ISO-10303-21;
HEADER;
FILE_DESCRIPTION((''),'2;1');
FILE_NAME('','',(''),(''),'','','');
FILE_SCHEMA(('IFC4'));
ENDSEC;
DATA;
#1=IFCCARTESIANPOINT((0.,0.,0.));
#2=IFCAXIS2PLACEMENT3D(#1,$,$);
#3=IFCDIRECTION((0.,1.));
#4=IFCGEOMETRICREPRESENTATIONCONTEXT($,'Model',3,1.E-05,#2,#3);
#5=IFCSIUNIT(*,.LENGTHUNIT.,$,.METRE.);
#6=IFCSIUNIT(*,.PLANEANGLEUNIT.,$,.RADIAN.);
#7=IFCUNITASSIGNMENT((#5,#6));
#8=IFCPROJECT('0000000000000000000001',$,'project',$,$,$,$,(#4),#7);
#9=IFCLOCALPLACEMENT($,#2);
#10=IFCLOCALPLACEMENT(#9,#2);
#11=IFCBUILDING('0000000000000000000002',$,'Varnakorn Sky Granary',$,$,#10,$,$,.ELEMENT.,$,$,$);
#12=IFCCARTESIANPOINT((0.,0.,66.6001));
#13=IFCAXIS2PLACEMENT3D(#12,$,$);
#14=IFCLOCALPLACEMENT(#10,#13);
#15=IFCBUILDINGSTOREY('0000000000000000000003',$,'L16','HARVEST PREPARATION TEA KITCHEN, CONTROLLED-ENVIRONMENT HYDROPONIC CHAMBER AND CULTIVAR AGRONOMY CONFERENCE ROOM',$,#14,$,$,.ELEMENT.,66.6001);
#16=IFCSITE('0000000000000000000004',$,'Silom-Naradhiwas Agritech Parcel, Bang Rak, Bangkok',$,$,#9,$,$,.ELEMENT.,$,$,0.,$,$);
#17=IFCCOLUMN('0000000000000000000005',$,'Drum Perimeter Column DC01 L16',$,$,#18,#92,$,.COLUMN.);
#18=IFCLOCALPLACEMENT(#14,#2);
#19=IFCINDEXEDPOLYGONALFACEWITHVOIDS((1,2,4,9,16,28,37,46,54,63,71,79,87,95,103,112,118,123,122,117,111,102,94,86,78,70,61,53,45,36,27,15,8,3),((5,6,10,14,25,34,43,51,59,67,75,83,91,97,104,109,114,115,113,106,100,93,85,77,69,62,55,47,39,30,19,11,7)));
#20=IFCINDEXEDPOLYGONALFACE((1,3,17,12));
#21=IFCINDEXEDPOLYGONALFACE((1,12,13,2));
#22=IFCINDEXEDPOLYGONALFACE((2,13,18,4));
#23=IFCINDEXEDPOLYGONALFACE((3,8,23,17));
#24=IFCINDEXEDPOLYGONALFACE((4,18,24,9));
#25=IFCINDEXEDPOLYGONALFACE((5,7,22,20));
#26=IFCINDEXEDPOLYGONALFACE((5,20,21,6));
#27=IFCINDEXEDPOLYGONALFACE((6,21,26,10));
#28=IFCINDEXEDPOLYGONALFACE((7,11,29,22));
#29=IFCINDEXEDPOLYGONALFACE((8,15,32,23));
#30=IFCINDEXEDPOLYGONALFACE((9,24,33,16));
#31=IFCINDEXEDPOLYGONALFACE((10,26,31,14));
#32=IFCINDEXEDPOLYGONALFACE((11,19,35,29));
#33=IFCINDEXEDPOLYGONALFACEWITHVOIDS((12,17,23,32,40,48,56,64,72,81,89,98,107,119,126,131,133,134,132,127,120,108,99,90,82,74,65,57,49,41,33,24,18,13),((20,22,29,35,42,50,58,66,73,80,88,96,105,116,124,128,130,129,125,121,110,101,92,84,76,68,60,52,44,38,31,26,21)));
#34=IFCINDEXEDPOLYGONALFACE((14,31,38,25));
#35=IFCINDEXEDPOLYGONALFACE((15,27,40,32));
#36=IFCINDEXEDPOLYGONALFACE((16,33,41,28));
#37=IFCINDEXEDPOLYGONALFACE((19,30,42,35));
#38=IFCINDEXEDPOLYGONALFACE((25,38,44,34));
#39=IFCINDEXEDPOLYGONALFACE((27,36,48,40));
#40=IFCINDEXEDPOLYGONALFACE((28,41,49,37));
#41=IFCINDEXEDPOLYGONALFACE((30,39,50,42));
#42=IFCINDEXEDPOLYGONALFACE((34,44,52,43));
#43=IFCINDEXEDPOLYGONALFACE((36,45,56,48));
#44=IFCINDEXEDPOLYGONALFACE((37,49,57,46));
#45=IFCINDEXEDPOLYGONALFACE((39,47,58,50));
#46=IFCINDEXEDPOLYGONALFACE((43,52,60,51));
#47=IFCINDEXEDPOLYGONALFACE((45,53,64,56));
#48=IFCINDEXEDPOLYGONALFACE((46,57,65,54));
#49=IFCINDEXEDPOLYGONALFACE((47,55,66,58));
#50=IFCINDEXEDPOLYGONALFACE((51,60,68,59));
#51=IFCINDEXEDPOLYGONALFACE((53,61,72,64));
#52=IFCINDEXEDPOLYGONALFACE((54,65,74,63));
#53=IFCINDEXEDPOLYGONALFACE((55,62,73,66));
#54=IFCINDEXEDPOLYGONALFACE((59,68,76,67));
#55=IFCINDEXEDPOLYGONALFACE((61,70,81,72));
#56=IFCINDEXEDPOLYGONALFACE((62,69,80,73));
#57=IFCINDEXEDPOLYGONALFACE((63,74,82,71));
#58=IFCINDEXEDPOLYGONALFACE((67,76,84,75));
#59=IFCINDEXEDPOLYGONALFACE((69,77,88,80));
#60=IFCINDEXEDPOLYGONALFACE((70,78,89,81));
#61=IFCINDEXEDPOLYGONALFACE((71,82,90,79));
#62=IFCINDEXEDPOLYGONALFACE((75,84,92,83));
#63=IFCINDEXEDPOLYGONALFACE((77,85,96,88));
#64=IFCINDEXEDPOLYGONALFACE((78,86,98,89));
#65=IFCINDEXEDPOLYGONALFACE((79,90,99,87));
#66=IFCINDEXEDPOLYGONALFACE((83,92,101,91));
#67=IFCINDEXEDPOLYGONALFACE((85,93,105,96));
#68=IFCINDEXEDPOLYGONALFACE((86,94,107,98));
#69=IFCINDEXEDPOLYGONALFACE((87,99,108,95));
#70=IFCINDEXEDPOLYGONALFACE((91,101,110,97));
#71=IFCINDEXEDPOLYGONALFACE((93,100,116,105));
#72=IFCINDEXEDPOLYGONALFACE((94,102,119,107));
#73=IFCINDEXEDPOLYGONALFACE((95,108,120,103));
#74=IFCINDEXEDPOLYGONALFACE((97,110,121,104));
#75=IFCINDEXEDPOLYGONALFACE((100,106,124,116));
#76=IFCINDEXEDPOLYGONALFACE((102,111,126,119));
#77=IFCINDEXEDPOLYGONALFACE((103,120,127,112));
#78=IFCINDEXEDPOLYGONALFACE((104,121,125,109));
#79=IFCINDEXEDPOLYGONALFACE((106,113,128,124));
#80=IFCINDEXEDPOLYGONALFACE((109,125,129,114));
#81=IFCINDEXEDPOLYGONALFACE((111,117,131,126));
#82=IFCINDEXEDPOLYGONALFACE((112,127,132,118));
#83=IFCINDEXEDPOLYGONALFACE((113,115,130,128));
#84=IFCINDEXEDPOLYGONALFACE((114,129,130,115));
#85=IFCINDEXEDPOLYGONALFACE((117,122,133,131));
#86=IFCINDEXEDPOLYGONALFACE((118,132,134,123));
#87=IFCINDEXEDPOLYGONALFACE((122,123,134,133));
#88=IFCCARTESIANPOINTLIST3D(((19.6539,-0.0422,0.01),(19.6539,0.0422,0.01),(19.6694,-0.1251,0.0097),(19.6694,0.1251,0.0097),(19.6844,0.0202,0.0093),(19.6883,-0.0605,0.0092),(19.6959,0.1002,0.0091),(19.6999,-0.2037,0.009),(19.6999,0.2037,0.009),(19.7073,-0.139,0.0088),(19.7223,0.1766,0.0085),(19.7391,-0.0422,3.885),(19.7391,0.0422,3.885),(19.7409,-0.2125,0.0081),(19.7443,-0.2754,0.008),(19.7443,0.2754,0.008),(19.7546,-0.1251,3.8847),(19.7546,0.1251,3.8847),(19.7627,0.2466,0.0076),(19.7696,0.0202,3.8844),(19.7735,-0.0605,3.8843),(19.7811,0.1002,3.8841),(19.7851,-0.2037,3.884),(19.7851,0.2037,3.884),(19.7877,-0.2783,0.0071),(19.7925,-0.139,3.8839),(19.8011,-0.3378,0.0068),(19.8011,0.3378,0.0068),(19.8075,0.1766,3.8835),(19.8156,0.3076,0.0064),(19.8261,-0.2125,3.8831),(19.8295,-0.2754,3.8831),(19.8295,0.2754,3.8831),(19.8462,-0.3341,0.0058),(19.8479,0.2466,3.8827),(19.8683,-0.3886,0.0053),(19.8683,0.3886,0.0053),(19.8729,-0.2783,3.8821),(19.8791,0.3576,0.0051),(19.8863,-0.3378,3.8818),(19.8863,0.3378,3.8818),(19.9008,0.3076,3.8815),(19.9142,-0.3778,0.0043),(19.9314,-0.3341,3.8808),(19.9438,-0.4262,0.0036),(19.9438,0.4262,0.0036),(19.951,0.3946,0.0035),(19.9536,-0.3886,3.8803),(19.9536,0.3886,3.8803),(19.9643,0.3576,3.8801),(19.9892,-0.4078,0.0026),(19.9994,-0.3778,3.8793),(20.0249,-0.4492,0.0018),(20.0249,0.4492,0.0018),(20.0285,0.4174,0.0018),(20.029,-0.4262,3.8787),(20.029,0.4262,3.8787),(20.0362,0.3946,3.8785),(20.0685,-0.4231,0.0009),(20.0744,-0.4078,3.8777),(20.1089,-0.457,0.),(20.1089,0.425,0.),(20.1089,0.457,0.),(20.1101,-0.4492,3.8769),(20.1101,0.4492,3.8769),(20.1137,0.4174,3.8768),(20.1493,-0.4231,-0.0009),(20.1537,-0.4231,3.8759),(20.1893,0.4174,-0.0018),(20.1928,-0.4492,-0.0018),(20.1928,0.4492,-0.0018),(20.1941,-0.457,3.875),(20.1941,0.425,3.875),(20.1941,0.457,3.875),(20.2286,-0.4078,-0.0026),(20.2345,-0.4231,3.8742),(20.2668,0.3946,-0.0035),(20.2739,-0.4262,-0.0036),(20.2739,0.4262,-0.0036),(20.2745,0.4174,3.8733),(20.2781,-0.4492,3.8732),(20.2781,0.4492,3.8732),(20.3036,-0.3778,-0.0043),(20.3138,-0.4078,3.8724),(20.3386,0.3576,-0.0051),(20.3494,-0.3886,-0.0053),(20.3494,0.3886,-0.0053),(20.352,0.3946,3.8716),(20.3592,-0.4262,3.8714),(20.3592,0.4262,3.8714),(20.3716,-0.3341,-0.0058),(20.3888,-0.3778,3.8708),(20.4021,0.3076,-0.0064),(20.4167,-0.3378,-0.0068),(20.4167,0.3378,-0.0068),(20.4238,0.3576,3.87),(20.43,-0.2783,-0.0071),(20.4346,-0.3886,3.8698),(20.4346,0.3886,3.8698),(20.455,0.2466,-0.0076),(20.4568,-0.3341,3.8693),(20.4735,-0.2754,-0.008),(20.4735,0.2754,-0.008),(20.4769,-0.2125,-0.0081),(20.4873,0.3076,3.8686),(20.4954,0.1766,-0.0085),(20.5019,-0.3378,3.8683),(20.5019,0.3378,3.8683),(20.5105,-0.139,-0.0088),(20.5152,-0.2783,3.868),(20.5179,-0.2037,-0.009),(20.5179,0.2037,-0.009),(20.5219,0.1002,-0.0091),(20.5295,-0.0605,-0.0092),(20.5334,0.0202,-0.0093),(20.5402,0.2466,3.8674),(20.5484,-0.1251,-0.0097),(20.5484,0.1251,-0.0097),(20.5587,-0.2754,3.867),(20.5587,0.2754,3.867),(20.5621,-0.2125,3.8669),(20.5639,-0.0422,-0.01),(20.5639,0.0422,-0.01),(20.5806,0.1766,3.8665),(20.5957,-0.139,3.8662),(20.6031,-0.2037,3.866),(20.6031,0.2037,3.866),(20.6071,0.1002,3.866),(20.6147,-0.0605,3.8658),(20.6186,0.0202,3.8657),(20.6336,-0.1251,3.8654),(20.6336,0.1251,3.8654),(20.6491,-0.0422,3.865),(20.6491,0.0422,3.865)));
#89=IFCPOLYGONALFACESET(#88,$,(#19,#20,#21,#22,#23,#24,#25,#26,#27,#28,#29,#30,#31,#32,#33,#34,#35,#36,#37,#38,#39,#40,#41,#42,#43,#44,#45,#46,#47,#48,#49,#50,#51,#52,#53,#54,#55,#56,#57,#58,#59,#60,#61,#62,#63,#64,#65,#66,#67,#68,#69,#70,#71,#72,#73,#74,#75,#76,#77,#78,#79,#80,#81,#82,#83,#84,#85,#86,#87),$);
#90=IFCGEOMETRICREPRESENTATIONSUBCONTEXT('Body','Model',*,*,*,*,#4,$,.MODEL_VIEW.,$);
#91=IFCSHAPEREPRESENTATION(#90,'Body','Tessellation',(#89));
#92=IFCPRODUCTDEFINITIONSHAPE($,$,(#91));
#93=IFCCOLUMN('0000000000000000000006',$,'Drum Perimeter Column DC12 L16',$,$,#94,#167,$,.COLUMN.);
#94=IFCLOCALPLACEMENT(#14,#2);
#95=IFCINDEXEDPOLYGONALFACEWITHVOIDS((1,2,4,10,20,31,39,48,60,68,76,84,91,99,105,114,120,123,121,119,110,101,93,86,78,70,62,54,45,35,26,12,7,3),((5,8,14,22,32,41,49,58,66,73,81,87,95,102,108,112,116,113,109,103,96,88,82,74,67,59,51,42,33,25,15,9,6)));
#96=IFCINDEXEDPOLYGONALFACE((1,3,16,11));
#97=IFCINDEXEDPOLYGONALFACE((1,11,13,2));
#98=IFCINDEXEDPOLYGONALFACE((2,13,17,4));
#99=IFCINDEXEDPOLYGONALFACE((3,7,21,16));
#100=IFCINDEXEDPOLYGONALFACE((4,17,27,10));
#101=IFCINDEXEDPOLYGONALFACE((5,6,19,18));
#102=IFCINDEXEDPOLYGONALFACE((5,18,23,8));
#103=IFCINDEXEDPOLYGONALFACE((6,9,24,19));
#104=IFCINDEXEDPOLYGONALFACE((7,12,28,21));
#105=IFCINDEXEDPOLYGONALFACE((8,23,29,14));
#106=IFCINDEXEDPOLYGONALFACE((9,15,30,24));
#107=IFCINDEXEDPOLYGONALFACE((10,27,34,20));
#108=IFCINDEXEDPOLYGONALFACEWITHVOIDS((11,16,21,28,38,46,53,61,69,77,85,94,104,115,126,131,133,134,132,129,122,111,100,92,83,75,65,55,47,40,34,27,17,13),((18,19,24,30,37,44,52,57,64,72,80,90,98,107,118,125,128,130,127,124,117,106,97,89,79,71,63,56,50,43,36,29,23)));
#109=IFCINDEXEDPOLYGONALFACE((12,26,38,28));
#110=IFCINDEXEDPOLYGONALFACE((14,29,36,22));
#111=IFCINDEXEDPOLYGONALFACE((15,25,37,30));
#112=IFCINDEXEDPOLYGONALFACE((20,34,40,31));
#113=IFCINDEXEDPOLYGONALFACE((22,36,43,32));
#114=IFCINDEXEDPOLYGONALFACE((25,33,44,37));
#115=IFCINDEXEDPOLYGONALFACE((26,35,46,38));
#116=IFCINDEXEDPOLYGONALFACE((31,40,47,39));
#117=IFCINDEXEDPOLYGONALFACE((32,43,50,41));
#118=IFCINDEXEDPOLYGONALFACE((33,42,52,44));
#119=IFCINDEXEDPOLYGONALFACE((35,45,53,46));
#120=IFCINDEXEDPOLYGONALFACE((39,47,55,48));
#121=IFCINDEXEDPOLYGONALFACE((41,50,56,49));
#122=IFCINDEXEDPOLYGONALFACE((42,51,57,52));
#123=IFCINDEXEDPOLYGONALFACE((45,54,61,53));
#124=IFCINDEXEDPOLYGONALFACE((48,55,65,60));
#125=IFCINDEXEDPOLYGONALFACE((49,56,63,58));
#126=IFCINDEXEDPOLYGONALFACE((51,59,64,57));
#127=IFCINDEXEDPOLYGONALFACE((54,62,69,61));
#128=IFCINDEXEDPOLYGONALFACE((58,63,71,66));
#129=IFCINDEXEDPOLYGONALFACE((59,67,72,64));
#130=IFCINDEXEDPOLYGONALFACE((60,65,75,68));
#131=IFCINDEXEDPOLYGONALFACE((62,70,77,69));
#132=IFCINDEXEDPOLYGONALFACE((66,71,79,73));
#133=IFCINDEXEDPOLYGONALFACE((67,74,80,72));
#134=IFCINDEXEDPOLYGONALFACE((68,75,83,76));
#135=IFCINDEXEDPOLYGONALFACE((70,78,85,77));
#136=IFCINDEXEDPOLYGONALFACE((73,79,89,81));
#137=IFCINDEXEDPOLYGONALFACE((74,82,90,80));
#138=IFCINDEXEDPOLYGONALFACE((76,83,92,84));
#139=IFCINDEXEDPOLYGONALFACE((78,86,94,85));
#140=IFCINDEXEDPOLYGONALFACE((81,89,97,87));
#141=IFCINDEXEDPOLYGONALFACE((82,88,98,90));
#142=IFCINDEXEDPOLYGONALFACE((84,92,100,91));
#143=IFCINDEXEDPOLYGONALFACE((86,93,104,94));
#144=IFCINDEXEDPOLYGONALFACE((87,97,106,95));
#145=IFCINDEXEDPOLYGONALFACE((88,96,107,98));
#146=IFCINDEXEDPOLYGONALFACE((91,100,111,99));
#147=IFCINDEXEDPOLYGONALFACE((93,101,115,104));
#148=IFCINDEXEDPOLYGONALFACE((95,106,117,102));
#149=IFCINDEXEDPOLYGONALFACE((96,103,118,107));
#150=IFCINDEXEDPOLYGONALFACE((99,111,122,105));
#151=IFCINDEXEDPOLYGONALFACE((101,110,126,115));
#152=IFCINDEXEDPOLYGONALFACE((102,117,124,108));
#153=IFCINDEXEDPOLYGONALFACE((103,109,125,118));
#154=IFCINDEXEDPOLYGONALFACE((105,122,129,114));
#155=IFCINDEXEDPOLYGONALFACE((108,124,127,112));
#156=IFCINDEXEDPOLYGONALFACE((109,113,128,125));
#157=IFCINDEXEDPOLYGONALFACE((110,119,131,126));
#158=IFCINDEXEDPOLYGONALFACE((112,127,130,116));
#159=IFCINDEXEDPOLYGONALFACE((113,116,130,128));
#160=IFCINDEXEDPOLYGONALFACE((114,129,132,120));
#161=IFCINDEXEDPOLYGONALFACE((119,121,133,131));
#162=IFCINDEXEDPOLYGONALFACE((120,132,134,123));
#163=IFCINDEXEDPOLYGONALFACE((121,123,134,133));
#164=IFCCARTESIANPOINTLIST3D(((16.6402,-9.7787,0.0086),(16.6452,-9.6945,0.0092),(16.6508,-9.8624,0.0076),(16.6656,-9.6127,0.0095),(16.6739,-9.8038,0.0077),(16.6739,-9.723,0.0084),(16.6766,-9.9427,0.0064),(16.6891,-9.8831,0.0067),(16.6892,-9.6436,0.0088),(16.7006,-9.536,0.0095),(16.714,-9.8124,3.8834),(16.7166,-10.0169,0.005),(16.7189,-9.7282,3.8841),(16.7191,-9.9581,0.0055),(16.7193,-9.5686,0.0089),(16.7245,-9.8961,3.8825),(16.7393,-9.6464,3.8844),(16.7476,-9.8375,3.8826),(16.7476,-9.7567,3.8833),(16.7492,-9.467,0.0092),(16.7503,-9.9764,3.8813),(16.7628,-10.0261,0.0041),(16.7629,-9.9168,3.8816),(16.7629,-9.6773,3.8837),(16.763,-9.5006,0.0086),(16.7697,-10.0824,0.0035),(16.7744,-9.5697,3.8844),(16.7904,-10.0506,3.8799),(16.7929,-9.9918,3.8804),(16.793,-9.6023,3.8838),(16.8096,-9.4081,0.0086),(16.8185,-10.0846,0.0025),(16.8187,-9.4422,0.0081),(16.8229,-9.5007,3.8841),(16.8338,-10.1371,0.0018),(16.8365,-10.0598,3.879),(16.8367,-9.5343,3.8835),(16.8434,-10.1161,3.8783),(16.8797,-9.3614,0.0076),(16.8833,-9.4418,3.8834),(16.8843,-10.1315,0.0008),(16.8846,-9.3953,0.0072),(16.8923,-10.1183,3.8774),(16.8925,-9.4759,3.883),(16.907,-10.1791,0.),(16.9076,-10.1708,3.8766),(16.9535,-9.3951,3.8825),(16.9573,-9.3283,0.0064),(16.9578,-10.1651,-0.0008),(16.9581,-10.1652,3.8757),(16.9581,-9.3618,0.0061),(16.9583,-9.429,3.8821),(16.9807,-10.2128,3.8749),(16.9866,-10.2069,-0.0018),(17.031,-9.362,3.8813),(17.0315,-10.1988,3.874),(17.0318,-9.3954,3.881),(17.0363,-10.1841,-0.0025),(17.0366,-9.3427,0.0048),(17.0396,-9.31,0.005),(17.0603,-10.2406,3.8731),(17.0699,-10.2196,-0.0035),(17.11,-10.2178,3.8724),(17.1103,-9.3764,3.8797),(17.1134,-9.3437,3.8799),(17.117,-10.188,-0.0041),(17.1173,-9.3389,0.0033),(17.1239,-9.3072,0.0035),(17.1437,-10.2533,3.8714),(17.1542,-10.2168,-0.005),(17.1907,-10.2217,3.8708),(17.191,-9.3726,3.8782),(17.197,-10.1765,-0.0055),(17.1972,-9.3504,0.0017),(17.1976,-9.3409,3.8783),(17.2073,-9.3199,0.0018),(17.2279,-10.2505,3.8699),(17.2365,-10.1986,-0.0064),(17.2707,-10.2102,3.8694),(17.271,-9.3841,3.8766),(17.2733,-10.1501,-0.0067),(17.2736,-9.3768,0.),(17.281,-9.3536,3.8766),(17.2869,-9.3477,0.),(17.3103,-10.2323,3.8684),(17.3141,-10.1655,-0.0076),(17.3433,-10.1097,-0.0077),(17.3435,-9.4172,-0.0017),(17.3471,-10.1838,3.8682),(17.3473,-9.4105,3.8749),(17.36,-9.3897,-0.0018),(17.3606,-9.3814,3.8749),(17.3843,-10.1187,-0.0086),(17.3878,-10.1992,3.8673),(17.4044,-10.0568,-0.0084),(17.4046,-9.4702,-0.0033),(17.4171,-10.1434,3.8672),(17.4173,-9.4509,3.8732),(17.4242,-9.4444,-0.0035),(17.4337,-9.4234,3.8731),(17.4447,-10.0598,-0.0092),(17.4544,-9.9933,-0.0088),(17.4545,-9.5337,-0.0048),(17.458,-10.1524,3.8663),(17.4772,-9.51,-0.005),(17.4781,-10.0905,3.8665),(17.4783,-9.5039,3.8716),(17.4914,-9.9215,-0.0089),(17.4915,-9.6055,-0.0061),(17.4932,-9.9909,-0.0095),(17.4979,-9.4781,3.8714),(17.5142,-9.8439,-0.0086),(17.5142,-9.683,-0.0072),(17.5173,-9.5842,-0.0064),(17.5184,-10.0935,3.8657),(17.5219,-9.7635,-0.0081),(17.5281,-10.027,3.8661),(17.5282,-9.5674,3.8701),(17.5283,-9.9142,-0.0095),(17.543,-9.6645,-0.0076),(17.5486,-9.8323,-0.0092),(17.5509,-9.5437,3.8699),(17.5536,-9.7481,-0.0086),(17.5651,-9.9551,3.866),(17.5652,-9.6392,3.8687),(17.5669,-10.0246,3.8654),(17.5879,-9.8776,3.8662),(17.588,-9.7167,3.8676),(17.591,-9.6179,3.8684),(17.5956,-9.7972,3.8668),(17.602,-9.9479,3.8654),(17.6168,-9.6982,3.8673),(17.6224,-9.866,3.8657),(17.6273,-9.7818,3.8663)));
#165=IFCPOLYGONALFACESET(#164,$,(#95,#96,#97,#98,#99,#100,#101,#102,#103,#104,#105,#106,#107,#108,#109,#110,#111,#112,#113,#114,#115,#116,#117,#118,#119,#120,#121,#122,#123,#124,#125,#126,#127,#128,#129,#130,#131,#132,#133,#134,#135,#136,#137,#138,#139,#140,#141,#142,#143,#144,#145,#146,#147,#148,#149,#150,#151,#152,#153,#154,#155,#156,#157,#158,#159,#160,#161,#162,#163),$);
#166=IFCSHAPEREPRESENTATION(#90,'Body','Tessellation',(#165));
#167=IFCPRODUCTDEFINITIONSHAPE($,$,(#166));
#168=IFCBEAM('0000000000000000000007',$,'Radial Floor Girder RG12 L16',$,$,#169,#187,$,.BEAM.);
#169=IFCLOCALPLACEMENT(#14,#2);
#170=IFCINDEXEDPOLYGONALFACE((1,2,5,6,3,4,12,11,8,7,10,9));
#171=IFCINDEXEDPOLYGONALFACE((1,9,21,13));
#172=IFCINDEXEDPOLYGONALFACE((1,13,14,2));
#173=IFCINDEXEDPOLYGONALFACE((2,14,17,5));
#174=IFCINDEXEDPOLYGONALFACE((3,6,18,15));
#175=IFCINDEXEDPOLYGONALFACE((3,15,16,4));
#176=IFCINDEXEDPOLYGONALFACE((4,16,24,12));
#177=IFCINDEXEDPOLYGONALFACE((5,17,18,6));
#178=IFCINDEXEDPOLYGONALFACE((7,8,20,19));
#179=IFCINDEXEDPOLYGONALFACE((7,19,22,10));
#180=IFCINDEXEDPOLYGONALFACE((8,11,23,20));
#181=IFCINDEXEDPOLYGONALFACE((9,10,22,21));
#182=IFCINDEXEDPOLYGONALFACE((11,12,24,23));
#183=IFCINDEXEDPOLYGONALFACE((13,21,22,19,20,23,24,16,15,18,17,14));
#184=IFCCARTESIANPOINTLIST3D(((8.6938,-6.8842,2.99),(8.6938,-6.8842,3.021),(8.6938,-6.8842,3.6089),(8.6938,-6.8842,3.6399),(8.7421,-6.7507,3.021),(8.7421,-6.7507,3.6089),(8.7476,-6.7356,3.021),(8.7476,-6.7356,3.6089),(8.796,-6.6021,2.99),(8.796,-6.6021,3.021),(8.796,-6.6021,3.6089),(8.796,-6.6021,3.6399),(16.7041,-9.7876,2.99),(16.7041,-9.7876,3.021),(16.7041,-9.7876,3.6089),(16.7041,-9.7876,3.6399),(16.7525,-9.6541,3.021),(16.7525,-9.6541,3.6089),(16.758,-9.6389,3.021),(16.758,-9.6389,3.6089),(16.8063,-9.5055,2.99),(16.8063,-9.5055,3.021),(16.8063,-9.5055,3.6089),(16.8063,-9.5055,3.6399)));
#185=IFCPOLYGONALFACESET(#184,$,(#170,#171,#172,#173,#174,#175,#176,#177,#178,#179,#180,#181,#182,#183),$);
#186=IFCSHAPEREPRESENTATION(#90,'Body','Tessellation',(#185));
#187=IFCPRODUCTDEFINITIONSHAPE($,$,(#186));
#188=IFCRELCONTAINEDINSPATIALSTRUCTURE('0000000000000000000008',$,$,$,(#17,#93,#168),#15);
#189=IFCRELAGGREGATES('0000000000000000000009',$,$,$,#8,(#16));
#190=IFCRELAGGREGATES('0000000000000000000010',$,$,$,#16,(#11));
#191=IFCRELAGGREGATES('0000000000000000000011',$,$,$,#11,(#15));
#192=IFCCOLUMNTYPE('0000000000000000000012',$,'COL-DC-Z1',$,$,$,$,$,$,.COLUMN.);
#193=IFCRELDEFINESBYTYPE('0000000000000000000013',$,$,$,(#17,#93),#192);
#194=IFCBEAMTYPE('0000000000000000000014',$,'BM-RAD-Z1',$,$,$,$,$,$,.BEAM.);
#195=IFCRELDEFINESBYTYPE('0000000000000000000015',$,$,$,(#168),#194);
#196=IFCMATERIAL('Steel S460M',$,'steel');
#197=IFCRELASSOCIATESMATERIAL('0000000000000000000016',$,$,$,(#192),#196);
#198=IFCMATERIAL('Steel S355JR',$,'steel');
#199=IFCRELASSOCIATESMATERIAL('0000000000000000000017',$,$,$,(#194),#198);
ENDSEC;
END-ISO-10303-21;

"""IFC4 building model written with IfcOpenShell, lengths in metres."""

from ifc_helpers import new_model, si_unit, direction, frame, origin, origin_2d, place, context, subcontext, project, spatial, hollow_circle, i_section, extrude, material, material_profile, profile_set, type_object, element, save


model = new_model("IFC4")

# Units and contexts
model_context = context("Model", 3, precision=1e-05, world=origin(), true_north=direction((0.0, 1.0)))
body_context = subcontext(model_context, "Body", "Model", "MODEL_VIEW")
ifc_project = project(units=[si_unit("LENGTHUNIT", "METRE"), si_unit("PLANEANGLEUNIT", "RADIAN")], contexts=[model_context])

# Site, building, storey
site_placement = place(None, origin())
site = spatial("IfcSite", under=ifc_project, at=site_placement, Name="Silom-Naradhiwas Agritech Parcel, Bang Rak, Bangkok", CompositionType="ELEMENT", RefElevation=0.0)
building_placement = place(site_placement, origin())
building = spatial("IfcBuilding", under=site, at=building_placement, Name="Varnakorn Sky Granary", CompositionType="ELEMENT")
storey_placement = place(building_placement, frame((0.0, 0.0, 66.6001)))
storey = spatial("IfcBuildingStorey", under=building, at=storey_placement, Name="L16", Description="HARVEST PREPARATION TEA KITCHEN, CONTROLLED-ENVIRONMENT HYDROPONIC CHAMBER AND CULTIVAR AGRONOMY CONFERENCE ROOM", CompositionType="ELEMENT", Elevation=66.6001)

# Columns
ifc_material_1 = material(Name="Steel S460M", Category="steel")
ifc_material_profile_1 = material_profile(ifc_material_1, hollow_circle(Radius=0.457, WallThickness=0.032, at=origin_2d()), Name="CHS 914x32")
ifc_profile_set_1 = profile_set([ifc_material_profile_1], Name="Steel S460M")
column_type = type_object("IfcColumnType", Name="COL-DC-Z1", PredefinedType="COLUMN", material=ifc_profile_set_1)
column_1_placement = place(storey_placement, frame((20.1089, 0.0, 0.0), z_axis=(0.021983, 0.0, 0.999758), x_axis=(0.0, 1.0, 0.0)))
element("IfcColumn", 1, at=column_1_placement, inside=storey, type_object=column_type, Name="Drum Perimeter Column DC01 L16", PredefinedType="COLUMN", context=body_context, shape_type="SweptSolid", body=[
    extrude(hollow_circle(Radius=0.457, WallThickness=0.032, at=origin_2d()), origin(), (0.0, 0.0, 1.0), 3.876),
])
column_2_placement = place(storey_placement, frame((17.0969, -9.7634, 0.0), z_axis=(0.019023, -0.008693, 0.999781), x_axis=(0.415617, 0.90954, 0.0)))
element("IfcColumn", 2, at=column_2_placement, inside=storey, type_object=column_type, Name="Drum Perimeter Column DC12 L16", PredefinedType="COLUMN", context=body_context, shape_type="SweptSolid", body=[
    extrude(hollow_circle(Radius=0.457, WallThickness=0.032, at=origin_2d()), origin(), (0.0, 0.0, 1.0), 3.8757),
])

# Beam
ifc_material_2 = material(Name="Steel S355JR", Category="steel")
ifc_material_profile_2 = material_profile(ifc_material_2, i_section(OverallWidth=0.3, OverallDepth=0.6499, WebThickness=0.0161, FlangeThickness=0.031, at=origin_2d()), Name="HE 650 B")
ifc_profile_set_2 = profile_set([ifc_material_profile_2], Name="Steel S355JR")
beam_type_1 = type_object("IfcBeamType", Name="BM-RAD-Z1", PredefinedType="BEAM", material=ifc_profile_set_2)
beam_1_placement = place(storey_placement, frame((8.7449, -6.7432, 3.3149), z_axis=(0.940151, -0.340758, 0.0), x_axis=(0.340758, 0.940151, 0.0)))
element("IfcBeam", 3, at=beam_1_placement, inside=storey, type_object=beam_type_1, Name="Radial Floor Girder RG12 L16", PredefinedType="BEAM", context=body_context, shape_type="SweptSolid", body=[
    extrude(i_section(OverallWidth=0.3, OverallDepth=0.6499, WebThickness=0.0161, FlangeThickness=0.031, at=origin_2d()), origin(), (0.0, 0.0, 1.0), 8.5203),
])

save(model, "model.ifc")
